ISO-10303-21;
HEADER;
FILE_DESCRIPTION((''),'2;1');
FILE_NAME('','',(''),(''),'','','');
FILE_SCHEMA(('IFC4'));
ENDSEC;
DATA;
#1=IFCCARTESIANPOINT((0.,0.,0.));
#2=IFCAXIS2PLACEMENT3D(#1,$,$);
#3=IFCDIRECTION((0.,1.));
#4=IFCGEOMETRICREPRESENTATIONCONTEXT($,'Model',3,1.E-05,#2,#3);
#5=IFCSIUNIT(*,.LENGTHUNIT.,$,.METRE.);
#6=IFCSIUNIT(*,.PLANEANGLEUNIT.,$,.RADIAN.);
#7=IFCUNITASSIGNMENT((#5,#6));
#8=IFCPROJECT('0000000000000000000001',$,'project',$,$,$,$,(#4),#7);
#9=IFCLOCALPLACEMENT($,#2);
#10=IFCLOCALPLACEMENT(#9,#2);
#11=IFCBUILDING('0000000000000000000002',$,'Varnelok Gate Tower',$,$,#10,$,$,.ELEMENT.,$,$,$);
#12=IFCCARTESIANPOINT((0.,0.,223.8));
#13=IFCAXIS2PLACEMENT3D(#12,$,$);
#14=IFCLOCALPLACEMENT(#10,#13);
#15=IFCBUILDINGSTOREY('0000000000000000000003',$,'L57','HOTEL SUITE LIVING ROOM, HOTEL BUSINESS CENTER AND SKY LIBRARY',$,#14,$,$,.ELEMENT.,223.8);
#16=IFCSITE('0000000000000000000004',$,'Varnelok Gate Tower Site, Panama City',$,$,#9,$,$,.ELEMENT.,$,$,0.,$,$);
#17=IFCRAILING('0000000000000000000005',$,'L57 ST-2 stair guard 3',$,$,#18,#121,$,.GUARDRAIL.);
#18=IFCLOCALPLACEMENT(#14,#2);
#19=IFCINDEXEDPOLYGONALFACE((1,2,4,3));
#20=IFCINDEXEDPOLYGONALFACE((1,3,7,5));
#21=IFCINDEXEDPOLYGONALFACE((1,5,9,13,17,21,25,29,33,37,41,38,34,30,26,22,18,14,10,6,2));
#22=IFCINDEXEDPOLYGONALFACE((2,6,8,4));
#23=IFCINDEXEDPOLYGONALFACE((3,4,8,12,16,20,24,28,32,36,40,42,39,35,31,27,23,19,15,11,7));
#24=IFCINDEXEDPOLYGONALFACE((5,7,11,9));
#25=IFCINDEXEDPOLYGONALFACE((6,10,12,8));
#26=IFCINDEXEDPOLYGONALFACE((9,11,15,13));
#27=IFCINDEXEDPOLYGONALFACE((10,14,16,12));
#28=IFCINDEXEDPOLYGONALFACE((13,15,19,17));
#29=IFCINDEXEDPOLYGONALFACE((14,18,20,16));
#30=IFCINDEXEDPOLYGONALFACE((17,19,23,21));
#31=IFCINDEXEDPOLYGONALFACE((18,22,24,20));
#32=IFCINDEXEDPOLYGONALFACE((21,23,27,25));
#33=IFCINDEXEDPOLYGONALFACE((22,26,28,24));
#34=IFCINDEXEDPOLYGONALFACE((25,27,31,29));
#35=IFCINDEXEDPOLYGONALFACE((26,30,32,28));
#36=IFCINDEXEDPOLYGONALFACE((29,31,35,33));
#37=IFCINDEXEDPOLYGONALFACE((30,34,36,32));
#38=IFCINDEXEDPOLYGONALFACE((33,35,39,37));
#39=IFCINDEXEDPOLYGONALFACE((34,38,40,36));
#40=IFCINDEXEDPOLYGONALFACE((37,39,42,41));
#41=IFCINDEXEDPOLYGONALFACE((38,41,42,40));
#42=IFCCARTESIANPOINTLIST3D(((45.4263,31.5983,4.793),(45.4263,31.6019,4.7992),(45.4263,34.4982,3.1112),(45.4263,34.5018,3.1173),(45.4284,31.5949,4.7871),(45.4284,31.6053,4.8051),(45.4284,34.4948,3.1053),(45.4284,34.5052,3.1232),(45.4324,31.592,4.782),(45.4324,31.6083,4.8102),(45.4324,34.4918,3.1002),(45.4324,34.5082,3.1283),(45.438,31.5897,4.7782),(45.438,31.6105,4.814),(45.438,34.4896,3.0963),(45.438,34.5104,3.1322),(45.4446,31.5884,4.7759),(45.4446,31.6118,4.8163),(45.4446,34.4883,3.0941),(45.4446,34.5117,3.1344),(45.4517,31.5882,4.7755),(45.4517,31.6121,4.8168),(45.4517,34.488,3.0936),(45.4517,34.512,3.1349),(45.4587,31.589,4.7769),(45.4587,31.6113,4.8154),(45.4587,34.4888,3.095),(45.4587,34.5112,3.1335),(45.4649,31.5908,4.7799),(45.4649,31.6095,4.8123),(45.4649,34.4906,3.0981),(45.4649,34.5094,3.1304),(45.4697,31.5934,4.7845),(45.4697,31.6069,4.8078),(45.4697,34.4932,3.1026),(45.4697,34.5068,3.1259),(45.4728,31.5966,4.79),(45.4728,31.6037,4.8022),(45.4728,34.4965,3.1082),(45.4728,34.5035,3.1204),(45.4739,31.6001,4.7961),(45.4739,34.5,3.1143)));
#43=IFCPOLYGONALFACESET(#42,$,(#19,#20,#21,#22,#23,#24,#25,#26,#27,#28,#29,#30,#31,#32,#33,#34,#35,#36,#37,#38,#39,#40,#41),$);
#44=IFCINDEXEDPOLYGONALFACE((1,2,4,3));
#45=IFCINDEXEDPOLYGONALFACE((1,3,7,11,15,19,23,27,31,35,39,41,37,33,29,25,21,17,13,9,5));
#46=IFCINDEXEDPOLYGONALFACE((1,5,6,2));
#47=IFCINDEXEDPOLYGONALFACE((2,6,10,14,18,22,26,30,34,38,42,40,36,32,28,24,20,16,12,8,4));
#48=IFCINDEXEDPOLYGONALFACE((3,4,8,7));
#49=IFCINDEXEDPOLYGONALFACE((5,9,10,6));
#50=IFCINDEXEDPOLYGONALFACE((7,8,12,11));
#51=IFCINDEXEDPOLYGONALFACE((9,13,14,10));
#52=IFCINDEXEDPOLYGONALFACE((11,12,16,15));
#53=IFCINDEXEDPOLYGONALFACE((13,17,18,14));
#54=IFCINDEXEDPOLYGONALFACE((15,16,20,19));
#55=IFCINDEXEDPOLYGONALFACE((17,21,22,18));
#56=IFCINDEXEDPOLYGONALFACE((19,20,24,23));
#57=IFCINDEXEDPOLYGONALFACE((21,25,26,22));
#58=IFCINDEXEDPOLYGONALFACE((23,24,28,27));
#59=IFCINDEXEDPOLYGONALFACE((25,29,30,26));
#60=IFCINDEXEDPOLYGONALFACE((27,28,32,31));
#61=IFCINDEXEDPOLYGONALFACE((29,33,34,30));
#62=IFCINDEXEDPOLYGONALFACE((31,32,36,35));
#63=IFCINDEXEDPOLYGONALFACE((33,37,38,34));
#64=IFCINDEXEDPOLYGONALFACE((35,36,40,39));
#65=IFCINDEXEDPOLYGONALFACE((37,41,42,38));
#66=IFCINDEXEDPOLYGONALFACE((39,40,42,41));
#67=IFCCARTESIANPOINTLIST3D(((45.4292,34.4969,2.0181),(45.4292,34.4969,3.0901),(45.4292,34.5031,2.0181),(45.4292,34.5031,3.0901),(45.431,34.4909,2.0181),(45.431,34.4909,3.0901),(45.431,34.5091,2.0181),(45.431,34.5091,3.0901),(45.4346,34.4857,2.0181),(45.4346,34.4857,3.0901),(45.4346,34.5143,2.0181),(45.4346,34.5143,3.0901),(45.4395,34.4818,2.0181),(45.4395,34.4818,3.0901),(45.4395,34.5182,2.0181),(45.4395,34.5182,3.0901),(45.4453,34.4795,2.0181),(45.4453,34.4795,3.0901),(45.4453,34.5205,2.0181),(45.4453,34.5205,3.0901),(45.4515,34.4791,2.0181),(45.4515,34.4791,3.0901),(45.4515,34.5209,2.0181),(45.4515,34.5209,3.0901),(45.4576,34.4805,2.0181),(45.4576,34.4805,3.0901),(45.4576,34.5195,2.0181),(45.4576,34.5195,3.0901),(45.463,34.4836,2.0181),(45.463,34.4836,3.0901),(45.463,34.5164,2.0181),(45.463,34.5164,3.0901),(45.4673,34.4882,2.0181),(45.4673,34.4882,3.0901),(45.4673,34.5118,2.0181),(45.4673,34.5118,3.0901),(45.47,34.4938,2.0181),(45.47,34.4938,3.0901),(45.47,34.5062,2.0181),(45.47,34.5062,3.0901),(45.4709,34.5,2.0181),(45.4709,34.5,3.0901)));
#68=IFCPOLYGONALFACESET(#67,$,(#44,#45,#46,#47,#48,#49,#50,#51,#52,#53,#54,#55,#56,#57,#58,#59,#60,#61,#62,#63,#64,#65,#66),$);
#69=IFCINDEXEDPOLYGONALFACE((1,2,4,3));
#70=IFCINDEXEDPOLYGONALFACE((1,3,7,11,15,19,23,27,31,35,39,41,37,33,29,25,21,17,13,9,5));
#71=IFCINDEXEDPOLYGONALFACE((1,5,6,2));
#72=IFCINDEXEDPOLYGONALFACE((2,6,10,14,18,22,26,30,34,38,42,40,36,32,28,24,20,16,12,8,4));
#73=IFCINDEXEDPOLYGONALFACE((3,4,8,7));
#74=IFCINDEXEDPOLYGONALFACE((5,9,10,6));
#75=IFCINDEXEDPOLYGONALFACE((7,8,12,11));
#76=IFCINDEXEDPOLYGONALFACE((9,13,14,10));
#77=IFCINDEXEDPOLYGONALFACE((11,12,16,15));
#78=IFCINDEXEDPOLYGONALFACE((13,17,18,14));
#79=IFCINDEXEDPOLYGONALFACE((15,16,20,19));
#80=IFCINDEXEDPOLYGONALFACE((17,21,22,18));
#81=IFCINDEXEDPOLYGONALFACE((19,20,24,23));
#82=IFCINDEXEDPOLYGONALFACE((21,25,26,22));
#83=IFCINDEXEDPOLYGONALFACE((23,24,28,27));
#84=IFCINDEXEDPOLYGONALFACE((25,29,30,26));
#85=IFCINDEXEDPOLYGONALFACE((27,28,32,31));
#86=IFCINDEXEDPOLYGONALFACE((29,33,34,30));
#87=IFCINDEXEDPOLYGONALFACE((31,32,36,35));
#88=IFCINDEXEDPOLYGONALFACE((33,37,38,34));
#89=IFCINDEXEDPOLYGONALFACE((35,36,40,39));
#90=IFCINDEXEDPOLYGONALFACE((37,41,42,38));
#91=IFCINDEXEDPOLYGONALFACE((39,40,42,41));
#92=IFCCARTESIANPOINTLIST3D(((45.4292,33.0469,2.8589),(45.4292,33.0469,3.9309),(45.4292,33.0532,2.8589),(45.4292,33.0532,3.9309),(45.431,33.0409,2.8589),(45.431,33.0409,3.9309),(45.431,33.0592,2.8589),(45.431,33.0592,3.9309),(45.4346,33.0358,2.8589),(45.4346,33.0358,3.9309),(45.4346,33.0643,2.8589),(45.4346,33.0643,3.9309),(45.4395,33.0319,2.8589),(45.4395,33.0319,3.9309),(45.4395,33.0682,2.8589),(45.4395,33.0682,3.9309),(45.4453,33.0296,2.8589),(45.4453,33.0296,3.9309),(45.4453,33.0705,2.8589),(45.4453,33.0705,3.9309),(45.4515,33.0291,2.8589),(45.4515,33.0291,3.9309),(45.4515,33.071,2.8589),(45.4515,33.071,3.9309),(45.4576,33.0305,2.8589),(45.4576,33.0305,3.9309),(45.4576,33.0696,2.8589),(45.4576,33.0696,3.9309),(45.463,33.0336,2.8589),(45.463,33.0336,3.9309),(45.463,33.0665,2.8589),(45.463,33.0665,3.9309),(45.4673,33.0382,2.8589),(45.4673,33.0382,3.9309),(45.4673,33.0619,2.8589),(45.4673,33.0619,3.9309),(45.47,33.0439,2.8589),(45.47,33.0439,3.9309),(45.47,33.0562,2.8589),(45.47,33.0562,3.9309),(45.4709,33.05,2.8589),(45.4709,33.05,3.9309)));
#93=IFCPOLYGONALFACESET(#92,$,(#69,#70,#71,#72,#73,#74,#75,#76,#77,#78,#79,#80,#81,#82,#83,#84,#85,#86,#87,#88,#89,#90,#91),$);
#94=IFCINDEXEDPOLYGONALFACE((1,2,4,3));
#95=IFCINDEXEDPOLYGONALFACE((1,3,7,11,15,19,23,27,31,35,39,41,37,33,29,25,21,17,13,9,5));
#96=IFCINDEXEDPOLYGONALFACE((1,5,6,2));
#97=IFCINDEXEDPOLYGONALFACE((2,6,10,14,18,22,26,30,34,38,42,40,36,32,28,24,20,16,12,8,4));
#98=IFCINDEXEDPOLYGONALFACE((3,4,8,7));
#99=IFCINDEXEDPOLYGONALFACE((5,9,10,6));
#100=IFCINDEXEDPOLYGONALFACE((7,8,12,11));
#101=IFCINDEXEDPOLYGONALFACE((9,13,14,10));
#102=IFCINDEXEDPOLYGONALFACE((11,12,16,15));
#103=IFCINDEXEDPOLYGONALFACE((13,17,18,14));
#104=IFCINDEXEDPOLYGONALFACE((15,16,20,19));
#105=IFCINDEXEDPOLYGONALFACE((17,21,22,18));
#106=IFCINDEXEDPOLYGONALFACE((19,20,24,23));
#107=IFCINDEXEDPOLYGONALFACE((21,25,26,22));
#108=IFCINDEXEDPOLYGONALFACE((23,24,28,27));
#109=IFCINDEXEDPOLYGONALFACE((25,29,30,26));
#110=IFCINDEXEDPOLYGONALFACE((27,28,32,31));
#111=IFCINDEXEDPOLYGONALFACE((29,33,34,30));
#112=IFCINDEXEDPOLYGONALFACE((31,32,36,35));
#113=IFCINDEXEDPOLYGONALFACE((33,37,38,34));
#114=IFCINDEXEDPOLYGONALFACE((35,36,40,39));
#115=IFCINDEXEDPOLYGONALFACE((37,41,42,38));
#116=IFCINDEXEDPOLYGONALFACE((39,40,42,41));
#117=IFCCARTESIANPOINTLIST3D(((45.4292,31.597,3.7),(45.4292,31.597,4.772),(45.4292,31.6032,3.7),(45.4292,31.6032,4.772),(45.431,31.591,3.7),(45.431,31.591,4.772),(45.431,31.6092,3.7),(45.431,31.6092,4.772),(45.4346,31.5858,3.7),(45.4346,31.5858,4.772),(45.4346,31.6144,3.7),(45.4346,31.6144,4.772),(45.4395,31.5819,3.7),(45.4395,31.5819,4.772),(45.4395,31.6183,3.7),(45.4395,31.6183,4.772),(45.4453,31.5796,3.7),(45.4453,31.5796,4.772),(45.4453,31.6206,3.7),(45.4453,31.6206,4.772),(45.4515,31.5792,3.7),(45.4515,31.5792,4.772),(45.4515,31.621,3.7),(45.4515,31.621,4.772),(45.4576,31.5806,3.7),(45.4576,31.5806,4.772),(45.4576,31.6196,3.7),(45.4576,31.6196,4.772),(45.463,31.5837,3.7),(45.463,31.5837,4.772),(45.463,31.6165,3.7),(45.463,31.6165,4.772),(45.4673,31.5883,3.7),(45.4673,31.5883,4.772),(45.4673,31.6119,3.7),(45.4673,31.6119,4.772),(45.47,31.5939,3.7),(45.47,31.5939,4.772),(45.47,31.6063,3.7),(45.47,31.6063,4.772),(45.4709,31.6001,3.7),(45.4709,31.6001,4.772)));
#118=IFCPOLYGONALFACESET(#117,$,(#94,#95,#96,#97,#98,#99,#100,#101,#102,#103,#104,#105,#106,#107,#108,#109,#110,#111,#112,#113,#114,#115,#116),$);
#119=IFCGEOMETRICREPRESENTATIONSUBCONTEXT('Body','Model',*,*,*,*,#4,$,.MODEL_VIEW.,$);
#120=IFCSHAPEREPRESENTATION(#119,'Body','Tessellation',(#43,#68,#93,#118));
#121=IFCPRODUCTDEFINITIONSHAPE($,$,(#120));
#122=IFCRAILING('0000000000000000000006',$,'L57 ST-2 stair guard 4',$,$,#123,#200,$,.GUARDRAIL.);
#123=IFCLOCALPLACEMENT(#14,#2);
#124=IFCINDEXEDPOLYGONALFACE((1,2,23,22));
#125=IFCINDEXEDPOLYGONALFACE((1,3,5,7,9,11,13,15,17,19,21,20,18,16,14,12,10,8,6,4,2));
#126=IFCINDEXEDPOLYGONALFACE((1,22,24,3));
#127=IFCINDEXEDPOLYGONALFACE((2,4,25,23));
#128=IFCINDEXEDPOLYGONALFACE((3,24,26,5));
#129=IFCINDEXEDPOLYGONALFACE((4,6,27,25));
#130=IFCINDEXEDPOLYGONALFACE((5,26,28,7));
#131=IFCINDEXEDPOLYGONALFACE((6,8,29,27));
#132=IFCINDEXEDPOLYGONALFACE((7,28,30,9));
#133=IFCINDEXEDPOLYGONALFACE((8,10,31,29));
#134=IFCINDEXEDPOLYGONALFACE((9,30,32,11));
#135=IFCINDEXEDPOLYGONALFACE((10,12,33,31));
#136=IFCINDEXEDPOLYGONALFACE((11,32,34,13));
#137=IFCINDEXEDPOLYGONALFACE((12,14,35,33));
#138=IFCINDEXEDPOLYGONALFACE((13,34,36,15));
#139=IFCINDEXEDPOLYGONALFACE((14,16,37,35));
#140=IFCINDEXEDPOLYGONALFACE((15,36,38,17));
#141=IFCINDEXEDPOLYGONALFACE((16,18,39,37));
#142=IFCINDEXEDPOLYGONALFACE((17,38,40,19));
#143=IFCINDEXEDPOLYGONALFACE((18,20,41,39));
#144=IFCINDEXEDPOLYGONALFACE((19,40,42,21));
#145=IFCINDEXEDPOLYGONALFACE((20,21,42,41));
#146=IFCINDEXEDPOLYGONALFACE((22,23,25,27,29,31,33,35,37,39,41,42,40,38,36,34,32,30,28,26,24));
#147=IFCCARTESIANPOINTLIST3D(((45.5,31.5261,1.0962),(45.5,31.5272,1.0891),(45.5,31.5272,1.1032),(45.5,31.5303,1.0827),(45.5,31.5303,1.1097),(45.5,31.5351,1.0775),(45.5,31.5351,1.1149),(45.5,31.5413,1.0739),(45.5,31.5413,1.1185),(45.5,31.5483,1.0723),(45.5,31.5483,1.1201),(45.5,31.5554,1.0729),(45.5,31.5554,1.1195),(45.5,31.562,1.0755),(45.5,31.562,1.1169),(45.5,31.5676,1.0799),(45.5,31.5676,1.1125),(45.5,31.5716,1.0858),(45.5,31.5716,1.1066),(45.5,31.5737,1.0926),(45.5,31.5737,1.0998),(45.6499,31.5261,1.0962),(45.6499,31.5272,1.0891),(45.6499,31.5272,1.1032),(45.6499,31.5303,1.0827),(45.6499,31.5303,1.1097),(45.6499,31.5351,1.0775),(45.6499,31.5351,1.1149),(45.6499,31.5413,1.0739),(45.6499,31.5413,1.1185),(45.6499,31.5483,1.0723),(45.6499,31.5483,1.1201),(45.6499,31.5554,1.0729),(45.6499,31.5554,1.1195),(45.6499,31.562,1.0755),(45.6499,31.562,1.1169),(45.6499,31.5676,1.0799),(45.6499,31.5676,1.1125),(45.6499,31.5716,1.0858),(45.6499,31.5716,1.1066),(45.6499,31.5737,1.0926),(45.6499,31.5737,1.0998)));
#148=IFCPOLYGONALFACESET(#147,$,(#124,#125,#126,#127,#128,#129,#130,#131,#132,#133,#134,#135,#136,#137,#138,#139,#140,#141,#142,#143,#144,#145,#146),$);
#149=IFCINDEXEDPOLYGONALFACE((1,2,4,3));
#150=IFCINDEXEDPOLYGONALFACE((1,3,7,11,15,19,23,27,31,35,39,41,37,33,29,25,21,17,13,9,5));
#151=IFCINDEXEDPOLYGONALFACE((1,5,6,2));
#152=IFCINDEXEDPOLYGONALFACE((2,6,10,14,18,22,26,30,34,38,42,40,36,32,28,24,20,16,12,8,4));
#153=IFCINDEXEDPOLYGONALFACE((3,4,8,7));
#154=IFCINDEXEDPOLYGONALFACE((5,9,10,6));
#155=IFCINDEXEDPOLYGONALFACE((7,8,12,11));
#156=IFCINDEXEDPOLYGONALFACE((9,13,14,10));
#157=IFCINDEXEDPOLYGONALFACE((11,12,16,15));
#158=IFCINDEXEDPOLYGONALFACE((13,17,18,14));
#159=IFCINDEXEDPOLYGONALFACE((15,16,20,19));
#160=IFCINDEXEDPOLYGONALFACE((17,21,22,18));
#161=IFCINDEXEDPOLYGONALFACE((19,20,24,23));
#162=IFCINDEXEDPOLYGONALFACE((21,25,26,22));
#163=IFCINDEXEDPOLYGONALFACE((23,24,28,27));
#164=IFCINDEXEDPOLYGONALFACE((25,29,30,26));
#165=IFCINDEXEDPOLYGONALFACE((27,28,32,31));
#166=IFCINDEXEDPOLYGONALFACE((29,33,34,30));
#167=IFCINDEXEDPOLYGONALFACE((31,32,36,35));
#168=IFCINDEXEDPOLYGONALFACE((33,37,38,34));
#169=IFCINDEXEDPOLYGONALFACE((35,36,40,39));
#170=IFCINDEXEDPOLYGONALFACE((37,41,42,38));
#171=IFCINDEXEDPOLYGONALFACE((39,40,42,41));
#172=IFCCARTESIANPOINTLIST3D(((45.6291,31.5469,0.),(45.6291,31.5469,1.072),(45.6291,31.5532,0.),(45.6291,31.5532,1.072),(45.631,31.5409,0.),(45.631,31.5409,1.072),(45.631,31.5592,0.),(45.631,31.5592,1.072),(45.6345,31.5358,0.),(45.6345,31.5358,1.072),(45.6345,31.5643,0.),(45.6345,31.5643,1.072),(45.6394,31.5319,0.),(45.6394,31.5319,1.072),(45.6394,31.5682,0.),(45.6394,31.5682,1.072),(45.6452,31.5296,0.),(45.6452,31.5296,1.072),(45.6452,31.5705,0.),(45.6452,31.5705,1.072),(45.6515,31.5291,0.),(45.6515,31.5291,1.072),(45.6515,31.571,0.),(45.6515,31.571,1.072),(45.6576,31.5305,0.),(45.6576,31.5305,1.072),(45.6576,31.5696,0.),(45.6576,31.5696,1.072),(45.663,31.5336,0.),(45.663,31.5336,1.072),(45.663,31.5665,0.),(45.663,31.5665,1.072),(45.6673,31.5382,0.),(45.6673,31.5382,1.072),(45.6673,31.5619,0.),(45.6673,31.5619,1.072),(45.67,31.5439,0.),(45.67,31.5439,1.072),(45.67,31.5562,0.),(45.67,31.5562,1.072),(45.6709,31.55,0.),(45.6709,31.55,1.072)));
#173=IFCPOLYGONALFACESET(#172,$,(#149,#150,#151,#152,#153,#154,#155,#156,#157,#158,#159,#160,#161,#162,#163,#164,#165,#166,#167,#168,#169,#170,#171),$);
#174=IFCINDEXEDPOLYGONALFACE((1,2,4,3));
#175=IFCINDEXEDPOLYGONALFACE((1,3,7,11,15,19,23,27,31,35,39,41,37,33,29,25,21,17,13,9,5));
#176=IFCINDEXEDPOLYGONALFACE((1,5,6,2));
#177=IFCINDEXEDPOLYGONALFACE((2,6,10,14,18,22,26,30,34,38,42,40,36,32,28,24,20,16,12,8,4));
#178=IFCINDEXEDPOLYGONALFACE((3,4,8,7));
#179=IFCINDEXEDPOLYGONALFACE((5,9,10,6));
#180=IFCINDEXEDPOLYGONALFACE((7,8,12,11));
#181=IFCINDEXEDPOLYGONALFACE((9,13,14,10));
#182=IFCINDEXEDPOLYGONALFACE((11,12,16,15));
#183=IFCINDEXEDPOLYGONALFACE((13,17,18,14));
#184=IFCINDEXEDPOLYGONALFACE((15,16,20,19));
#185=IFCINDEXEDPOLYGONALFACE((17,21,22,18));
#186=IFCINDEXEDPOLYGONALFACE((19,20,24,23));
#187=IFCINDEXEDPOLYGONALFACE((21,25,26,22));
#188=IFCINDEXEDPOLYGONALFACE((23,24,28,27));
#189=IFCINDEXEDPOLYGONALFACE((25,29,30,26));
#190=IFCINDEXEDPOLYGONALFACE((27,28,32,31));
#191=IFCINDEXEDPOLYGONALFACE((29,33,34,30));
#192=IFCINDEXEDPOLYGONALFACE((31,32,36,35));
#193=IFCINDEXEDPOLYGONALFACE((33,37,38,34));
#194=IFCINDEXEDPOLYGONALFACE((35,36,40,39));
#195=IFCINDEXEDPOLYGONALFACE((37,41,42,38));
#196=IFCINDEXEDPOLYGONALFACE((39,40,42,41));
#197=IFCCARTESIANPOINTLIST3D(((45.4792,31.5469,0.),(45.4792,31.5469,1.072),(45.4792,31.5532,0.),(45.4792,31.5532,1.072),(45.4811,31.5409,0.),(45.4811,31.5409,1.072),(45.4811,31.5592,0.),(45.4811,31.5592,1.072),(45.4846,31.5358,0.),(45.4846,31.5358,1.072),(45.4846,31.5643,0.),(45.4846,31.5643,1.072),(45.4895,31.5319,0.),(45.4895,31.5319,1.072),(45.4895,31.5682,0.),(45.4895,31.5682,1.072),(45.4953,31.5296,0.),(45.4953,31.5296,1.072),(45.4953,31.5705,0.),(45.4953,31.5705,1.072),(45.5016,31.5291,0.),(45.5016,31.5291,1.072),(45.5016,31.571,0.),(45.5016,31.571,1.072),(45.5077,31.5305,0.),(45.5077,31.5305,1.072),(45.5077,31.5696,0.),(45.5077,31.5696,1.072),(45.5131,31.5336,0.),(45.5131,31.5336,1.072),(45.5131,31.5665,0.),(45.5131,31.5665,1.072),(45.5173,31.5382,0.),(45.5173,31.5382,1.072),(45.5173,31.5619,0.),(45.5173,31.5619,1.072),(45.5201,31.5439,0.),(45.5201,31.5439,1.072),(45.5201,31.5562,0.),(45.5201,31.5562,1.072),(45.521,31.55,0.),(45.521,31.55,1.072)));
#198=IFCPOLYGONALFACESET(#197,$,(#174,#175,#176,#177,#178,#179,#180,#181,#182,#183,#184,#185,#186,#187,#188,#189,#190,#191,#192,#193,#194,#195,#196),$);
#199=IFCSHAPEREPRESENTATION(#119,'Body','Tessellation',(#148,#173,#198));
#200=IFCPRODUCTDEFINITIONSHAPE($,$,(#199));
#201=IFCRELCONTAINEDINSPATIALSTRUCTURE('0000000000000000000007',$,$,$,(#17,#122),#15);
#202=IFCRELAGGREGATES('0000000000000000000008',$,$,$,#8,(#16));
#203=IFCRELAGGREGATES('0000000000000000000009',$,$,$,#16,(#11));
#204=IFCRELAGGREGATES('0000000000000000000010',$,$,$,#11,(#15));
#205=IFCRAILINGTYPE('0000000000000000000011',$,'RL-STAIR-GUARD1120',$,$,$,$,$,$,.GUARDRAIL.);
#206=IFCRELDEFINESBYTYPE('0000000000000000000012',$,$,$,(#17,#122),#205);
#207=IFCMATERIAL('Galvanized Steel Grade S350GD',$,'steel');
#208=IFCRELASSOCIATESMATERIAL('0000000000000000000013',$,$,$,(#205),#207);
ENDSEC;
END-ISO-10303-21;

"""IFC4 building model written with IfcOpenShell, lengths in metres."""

from ifc_helpers import new_model, si_unit, direction, frame, origin, origin_2d, place, context, subcontext, project, spatial, circle, extrude, material, type_object, element, save


model = new_model("IFC4")

# Units and contexts
model_context = context("Model", 3, precision=1e-05, world=origin(), true_north=direction((0.0, 1.0)))
body_context = subcontext(model_context, "Body", "Model", "MODEL_VIEW")
ifc_project = project(units=[si_unit("LENGTHUNIT", "METRE"), si_unit("PLANEANGLEUNIT", "RADIAN")], contexts=[model_context])

# Site, building, storey
site_placement = place(None, origin())
site = spatial("IfcSite", under=ifc_project, at=site_placement, Name="Varnelok Gate Tower Site, Panama City", CompositionType="ELEMENT", RefElevation=0.0)
building_placement = place(site_placement, origin())
building = spatial("IfcBuilding", under=site, at=building_placement, Name="Varnelok Gate Tower", CompositionType="ELEMENT")
storey_placement = place(building_placement, frame((0.0, 0.0, 223.8)))
storey = spatial("IfcBuildingStorey", under=building, at=storey_placement, Name="L57", Description="HOTEL SUITE LIVING ROOM, HOTEL BUSINESS CENTER AND SKY LIBRARY", CompositionType="ELEMENT", Elevation=223.8)

# Shared definitions
ifc_material_1 = material(Name="Galvanized Steel Grade S350GD", Category="steel")

# Railings
railing_type_1 = type_object("IfcRailingType", Name="RL-STAIR-GUARD1120", PredefinedType="GUARDRAIL", material=ifc_material_1)
railing_1_placement = place(storey_placement, frame((45.45, 34.5, 2.0181)))
element("IfcRailing", 1, at=railing_1_placement, inside=storey, type_object=railing_type_1, Name="L57 ST-2 stair guard 3", PredefinedType="GUARDRAIL", context=body_context, shape_type="SweptSolid", body=[
    extrude(circle(Radius=0.0239, at=origin_2d()), frame((0.0, 0.0, 1.0962), z_axis=(0.0, -0.865039, 0.501705), x_axis=(1.0, 0.0, 0.0)), (0.0, 0.0, 1.0), 3.3523),
    extrude(circle(Radius=0.021, at=origin_2d()), origin(), (0.0, 0.0, 1.0), 1.072),
    extrude(circle(Radius=0.021, at=origin_2d()), frame((0.0, -1.45, 0.8408)), (0.0, 0.0, 1.0), 1.072),
    extrude(circle(Radius=0.021, at=origin_2d()), frame((0.0, -2.8999, 1.6819)), (0.0, 0.0, 1.0), 1.072),
])
railing_2_placement = place(storey_placement, frame((45.6499, 31.55, 0.0)))
element("IfcRailing", 2, at=railing_2_placement, inside=storey, type_object=railing_type_1, Name="L57 ST-2 stair guard 4", PredefinedType="GUARDRAIL", context=body_context, shape_type="SweptSolid", body=[
    extrude(circle(Radius=0.0239, at=origin_2d()), frame((0.0, 0.0, 1.0962), z_axis=(-1.0, 0.0, 0.0), x_axis=(0.0, -1.0, 0.0)), (0.0, 0.0, 1.0), 0.1499),
    extrude(circle(Radius=0.021, at=origin_2d()), origin(), (0.0, 0.0, 1.0), 1.072),
    extrude(circle(Radius=0.021, at=origin_2d()), frame((-0.1499, 0.0, 0.0)), (0.0, 0.0, 1.0), 1.072),
])

save(model, "model.ifc")
